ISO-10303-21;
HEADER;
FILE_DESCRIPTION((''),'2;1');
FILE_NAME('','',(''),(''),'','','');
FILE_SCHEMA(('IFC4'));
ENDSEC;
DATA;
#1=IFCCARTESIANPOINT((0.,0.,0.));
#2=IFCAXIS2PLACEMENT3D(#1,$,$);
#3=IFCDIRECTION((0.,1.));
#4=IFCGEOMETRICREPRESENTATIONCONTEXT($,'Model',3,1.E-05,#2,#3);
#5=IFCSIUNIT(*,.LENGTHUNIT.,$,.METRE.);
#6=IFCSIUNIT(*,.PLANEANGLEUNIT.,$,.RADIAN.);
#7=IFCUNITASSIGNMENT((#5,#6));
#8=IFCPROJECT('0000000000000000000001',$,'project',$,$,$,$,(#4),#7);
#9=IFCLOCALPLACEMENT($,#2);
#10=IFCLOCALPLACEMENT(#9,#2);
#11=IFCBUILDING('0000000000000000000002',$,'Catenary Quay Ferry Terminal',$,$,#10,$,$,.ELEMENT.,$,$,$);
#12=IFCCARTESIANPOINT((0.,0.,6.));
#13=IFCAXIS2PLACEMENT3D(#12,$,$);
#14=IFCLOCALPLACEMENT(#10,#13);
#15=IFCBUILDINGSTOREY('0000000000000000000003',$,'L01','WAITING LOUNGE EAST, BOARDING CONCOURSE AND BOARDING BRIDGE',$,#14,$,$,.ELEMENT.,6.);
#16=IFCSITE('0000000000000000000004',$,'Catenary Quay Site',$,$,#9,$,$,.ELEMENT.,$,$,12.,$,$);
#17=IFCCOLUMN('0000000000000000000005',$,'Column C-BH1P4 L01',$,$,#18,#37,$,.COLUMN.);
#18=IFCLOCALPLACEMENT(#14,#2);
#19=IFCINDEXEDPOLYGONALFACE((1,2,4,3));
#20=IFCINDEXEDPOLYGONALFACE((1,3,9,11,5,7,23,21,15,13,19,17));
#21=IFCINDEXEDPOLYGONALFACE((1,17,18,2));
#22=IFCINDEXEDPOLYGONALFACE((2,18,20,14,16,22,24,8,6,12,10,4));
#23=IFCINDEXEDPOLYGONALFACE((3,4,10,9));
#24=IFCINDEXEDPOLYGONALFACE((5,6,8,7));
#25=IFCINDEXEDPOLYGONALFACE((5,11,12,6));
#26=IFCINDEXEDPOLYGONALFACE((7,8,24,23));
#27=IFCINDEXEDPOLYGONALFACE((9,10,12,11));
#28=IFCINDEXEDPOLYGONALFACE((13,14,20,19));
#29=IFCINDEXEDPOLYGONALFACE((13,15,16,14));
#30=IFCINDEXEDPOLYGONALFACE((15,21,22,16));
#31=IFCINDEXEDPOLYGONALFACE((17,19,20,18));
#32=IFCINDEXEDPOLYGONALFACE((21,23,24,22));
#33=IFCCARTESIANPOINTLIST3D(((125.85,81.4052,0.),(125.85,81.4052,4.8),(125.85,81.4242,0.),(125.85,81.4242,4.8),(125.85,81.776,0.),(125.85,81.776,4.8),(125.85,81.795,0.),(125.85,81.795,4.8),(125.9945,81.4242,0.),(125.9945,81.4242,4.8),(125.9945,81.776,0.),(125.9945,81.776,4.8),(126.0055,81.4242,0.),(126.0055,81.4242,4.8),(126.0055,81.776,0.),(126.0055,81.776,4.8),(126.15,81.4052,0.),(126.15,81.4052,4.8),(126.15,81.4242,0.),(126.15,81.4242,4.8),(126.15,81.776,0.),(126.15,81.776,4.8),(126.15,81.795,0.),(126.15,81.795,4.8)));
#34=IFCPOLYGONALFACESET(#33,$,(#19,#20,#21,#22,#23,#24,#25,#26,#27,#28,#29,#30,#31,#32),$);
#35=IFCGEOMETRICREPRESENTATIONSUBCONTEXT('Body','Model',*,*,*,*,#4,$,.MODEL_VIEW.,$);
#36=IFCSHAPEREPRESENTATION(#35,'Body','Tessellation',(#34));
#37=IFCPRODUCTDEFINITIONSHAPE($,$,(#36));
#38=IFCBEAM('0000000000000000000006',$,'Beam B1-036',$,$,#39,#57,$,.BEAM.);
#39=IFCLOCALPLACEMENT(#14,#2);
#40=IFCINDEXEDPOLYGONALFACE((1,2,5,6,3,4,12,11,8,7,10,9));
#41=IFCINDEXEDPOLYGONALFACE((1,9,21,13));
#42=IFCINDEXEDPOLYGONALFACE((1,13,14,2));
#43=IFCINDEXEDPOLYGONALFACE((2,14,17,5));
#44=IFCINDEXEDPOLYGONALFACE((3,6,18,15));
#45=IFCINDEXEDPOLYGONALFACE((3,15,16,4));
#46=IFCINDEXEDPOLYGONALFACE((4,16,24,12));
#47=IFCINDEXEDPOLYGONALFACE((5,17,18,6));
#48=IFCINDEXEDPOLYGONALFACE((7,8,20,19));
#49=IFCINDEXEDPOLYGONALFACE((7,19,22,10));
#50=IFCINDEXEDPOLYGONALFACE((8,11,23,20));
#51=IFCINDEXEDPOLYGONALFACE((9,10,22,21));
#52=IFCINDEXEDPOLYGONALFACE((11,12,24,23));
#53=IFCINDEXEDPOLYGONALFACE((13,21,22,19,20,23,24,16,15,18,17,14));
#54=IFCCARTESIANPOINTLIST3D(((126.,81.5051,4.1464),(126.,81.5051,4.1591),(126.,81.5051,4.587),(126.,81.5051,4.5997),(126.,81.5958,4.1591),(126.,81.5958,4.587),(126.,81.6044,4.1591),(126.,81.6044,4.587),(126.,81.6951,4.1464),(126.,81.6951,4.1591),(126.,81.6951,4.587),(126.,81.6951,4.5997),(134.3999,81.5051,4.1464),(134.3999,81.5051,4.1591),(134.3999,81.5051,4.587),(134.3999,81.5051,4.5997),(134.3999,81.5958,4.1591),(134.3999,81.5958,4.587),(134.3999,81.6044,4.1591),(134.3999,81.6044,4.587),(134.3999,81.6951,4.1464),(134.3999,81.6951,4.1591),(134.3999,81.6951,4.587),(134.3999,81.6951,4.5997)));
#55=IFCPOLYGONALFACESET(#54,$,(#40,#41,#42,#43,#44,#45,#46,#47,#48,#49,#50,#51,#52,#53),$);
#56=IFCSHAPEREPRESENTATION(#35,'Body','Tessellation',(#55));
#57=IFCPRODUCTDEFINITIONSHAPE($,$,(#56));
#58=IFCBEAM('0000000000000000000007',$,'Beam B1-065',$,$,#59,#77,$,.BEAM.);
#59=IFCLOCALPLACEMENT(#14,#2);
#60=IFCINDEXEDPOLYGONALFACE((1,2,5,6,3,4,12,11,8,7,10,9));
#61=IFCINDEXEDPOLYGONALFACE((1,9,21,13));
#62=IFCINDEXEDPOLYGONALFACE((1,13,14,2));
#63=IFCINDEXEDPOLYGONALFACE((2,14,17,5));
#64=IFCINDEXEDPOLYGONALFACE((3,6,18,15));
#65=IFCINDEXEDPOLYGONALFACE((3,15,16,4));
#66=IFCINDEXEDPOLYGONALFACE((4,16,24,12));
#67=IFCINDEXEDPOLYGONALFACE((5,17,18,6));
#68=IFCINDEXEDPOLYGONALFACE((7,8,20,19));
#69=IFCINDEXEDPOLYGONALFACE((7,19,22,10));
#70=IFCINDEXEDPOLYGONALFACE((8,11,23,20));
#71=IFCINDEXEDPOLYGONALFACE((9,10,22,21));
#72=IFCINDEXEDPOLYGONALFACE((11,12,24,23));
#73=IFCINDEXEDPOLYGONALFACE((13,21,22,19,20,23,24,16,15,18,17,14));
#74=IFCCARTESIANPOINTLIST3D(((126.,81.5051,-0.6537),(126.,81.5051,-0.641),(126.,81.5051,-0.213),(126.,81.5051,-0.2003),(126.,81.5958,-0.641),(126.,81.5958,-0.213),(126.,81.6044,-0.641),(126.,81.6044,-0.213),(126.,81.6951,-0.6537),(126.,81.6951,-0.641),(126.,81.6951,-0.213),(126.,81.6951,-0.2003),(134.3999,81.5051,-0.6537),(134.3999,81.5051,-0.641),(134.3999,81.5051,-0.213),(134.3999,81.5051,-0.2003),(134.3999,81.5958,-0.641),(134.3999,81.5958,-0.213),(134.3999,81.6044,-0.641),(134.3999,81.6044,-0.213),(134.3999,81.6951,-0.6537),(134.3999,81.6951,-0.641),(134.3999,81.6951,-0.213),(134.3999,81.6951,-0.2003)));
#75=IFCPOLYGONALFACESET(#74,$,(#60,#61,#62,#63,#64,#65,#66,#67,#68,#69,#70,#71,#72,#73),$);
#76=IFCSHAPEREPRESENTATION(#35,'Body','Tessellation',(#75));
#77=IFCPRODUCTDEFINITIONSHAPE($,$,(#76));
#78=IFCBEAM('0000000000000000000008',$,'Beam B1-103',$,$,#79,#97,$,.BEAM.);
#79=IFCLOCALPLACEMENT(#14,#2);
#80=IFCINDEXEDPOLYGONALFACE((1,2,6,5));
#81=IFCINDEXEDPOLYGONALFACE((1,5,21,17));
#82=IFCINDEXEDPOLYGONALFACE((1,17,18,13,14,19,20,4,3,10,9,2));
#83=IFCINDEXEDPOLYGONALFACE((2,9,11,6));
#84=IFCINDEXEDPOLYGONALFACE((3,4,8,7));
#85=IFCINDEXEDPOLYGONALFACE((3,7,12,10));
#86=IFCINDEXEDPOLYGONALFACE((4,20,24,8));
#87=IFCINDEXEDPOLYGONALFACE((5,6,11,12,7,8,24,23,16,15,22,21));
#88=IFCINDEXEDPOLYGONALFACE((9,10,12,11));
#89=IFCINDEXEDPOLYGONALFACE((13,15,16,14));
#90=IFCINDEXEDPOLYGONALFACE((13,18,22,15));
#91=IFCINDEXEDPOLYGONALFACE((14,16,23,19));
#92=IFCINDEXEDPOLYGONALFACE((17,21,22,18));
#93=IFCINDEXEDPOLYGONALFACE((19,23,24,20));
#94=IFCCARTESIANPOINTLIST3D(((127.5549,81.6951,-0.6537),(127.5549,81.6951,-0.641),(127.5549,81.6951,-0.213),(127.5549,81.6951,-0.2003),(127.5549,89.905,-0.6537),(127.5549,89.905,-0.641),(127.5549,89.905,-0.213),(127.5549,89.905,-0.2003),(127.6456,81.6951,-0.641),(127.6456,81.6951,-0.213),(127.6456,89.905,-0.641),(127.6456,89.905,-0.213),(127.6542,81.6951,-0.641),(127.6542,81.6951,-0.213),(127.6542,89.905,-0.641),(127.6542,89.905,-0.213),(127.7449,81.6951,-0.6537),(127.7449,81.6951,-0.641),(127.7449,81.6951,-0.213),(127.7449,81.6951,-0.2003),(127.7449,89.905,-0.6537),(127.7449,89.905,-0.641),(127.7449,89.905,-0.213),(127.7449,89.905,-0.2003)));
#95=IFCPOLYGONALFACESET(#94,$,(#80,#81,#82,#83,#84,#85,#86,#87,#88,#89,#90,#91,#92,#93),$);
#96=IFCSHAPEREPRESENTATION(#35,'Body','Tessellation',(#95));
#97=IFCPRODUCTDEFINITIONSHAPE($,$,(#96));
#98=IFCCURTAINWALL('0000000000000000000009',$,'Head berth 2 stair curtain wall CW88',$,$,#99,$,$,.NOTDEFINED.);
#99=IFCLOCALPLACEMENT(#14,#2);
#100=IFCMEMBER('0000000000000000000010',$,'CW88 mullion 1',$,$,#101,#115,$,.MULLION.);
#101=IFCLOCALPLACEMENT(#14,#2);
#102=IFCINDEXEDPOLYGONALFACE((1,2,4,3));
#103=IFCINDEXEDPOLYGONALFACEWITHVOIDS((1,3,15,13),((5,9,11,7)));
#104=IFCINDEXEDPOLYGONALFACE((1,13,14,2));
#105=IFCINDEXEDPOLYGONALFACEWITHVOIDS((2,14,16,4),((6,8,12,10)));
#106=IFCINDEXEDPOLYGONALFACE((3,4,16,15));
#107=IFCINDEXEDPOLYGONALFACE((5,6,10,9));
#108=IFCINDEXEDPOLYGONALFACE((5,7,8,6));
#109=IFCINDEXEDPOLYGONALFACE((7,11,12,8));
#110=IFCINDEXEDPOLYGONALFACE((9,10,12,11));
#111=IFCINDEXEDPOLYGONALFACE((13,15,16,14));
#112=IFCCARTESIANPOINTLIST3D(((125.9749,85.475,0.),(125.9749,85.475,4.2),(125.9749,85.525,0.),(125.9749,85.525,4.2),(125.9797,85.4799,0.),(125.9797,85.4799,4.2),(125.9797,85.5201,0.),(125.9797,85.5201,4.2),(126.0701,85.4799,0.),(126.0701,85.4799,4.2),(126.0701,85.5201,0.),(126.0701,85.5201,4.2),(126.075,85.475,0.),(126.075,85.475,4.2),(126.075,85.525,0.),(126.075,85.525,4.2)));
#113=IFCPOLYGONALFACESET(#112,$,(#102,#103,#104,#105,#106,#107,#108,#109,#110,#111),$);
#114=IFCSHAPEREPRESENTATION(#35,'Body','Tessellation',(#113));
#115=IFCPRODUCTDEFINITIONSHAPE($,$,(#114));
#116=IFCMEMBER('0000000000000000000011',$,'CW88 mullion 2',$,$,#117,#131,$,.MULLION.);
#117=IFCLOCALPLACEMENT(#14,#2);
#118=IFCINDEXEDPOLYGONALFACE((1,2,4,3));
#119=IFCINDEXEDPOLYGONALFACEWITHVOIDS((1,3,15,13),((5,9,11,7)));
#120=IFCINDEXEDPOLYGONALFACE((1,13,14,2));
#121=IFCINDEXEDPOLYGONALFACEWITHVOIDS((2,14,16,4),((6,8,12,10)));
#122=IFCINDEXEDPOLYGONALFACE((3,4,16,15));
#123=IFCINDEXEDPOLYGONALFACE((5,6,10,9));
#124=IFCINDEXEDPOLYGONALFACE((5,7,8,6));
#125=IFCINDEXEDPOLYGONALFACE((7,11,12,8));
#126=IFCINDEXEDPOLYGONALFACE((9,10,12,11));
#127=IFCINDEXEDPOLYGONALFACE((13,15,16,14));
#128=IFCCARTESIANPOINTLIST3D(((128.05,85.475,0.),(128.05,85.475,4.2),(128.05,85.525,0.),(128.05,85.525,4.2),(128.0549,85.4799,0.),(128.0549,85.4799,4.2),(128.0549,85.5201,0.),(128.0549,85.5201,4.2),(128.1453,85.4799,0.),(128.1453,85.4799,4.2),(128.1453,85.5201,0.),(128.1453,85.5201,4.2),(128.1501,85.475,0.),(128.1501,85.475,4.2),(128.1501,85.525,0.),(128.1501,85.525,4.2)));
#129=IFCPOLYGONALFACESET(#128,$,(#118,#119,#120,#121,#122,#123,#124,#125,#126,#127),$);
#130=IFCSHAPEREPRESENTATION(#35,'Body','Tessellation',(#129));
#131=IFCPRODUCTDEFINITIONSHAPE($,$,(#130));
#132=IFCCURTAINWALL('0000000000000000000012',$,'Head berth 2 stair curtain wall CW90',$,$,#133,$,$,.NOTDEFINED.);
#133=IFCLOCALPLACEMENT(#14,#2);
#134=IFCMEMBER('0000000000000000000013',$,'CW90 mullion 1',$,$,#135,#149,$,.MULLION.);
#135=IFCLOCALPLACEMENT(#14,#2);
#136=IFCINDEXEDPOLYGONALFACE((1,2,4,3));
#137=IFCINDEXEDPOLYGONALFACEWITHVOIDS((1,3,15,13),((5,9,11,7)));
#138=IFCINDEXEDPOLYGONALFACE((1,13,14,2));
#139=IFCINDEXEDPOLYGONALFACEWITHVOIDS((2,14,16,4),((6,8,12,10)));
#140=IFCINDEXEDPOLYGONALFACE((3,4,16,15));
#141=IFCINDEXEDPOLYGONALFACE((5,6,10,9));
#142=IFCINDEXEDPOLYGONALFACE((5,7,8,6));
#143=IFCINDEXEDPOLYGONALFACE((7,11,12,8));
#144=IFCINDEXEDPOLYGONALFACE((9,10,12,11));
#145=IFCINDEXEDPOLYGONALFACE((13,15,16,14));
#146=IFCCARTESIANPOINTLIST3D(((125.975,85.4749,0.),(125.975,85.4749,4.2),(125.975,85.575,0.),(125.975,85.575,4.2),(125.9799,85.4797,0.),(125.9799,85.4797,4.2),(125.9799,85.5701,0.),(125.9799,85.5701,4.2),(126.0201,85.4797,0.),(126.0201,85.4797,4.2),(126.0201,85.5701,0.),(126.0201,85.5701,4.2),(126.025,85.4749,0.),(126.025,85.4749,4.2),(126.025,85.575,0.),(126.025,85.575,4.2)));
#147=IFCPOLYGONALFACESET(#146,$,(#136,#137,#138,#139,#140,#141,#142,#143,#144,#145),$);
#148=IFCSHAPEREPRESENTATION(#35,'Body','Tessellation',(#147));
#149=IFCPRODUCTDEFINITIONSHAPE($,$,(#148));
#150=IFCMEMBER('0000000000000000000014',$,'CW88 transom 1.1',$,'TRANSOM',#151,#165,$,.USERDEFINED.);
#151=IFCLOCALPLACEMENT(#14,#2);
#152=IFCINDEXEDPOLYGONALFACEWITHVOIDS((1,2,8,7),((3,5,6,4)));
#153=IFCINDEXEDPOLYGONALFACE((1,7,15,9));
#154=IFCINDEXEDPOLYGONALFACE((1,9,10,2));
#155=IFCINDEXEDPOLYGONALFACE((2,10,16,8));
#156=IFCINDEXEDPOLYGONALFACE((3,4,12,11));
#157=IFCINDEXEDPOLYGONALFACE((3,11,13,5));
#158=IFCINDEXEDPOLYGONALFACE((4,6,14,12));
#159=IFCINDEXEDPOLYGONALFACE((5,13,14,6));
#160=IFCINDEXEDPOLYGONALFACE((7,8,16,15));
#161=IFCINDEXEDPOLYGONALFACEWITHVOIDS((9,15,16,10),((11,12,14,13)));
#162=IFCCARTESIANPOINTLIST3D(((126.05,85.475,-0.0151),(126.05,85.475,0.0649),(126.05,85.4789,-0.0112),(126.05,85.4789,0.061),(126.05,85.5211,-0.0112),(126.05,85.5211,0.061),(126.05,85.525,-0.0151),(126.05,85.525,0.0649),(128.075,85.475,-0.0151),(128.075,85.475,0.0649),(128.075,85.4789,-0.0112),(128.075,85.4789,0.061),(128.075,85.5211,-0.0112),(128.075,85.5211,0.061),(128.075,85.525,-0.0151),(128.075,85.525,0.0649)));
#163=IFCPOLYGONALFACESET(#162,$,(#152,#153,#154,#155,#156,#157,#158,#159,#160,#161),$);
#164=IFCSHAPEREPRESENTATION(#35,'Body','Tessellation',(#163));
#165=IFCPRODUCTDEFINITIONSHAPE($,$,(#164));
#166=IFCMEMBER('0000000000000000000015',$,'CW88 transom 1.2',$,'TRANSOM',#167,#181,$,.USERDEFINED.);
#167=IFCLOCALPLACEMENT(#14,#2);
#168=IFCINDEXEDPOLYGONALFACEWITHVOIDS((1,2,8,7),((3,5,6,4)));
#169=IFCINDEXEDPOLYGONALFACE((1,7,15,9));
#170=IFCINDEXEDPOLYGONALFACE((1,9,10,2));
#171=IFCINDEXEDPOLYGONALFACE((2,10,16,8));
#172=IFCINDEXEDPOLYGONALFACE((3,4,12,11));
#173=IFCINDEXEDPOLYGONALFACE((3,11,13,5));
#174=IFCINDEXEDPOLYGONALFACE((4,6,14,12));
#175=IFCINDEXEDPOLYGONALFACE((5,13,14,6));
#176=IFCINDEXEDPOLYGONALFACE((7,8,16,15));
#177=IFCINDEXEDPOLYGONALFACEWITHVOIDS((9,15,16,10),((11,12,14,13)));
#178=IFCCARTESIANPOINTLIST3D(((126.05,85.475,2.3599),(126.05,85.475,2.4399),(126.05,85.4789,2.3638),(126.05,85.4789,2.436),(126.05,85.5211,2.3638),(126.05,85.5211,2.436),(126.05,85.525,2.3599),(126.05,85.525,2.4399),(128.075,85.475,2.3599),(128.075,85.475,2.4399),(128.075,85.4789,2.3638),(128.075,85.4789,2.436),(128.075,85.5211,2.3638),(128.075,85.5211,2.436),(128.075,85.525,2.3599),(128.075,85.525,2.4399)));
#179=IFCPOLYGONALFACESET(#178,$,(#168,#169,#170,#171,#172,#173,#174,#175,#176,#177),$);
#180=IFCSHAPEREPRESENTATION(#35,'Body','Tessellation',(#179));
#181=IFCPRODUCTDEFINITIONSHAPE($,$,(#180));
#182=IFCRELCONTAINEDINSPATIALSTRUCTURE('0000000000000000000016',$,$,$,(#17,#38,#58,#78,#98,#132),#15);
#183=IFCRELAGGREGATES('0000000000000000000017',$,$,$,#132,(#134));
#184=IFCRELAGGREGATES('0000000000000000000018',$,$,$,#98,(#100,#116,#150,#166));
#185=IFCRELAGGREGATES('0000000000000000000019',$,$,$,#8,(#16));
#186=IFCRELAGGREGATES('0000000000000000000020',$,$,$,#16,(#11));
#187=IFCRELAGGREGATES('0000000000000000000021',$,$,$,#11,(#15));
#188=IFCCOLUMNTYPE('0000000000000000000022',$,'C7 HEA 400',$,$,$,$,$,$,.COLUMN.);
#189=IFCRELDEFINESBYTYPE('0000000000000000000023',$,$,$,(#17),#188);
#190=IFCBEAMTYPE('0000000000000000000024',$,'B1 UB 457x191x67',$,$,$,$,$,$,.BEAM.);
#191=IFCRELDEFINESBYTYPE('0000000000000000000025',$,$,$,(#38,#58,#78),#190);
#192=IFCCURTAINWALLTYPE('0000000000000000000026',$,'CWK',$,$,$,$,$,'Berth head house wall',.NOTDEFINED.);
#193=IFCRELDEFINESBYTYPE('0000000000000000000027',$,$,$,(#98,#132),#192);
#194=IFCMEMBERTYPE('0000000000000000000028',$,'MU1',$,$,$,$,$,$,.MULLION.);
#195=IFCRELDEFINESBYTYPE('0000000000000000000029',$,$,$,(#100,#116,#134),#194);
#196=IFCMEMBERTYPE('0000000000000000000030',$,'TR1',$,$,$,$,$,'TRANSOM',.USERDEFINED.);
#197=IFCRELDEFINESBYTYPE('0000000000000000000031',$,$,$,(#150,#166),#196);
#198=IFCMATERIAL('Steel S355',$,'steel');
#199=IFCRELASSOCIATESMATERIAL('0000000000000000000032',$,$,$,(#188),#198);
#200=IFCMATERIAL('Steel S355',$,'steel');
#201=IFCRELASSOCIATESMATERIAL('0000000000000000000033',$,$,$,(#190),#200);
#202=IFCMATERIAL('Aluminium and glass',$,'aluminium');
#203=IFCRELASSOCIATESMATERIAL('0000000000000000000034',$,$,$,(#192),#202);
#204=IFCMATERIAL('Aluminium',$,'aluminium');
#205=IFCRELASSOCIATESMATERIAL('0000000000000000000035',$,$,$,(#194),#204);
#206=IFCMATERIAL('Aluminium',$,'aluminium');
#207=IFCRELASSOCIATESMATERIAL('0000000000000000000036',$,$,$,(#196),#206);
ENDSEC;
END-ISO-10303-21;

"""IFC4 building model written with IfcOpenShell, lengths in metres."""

from ifc_helpers import new_model, si_unit, direction, frame, origin, origin_2d, place, context, subcontext, project, spatial, hollow_rectangle, i_section, extrude, material, material_profile, profile_set, type_object, element, aggregate, save


model = new_model("IFC4")

# Units and contexts
model_context = context("Model", 3, precision=1e-05, world=origin(), true_north=direction((0.0, 1.0)))
body_context = subcontext(model_context, "Body", "Model", "MODEL_VIEW")
ifc_project = project(units=[si_unit("LENGTHUNIT", "METRE"), si_unit("PLANEANGLEUNIT", "RADIAN")], contexts=[model_context])

# Site, building, storey
site_placement = place(None, origin())
site = spatial("IfcSite", under=ifc_project, at=site_placement, Name="Catenary Quay Site", CompositionType="ELEMENT", RefElevation=12.0)
building_placement = place(site_placement, origin())
building = spatial("IfcBuilding", under=site, at=building_placement, Name="Catenary Quay Ferry Terminal", CompositionType="ELEMENT")
storey_placement = place(building_placement, frame((0.0, 0.0, 6.0)))
storey = spatial("IfcBuildingStorey", under=building, at=storey_placement, Name="L01", Description="WAITING LOUNGE EAST, BOARDING CONCOURSE AND BOARDING BRIDGE", CompositionType="ELEMENT", Elevation=6.0)

# Column
ifc_material_1 = material(Name="Steel S355", Category="steel")
ifc_material_profile_1 = material_profile(ifc_material_1, i_section(OverallWidth=0.3, OverallDepth=0.3899, WebThickness=0.011, FlangeThickness=0.019, at=origin_2d()), Name="HEA 400")
ifc_profile_set_1 = profile_set([ifc_material_profile_1], Name="Steel S355")
column_type = type_object("IfcColumnType", Name="C7 HEA 400", PredefinedType="COLUMN", material=ifc_profile_set_1)
column_placement = place(storey_placement, frame((126.0, 81.6001, 0.0), z_axis=(0.0, 0.0, 1.0), x_axis=(1.0, 0.0, 0.0)))
element("IfcColumn", 1, at=column_placement, inside=storey, type_object=column_type, Name="Column C-BH1P4 L01", PredefinedType="COLUMN", context=body_context, shape_type="SweptSolid", body=[
    extrude(i_section(OverallWidth=0.3, OverallDepth=0.3899, WebThickness=0.011, FlangeThickness=0.019, at=origin_2d()), origin(), (0.0, 0.0, 1.0), 4.8),
])

# Beams
ifc_material_2 = material(Name="Steel S355", Category="steel")
ifc_material_profile_2 = material_profile(ifc_material_2, i_section(OverallWidth=0.1899, OverallDepth=0.4534, WebThickness=0.0085, FlangeThickness=0.0127, at=origin_2d()), Name="UB 457x191x67")
ifc_profile_set_2 = profile_set([ifc_material_profile_2], Name="Steel S355")
beam_type = type_object("IfcBeamType", Name="B1 UB 457x191x67", PredefinedType="BEAM", material=ifc_profile_set_2)
for number, where, z_axis, x_axis, name in (
    (2, (126.0, 81.6001, 4.373), (1.0, 0.0, 0.0), (0.0, 1.0, 0.0), "Beam B1-036"),
    (3, (126.0, 81.6001, -0.427), (1.0, 0.0, 0.0), (0.0, 1.0, 0.0), "Beam B1-065"),
):
    element("IfcBeam", number, at=place(storey_placement, frame(where, z_axis=z_axis, x_axis=x_axis)), inside=storey, type_object=beam_type, Name=name, PredefinedType="BEAM", context=body_context, shape_type="SweptSolid", body=[
        extrude(i_section(OverallWidth=0.1899, OverallDepth=0.4534, WebThickness=0.0085, FlangeThickness=0.0127, at=origin_2d()), origin(), (0.0, 0.0, 1.0), 8.3999),
    ])
beam_placement = place(storey_placement, frame((127.6499, 81.6951, -0.427), z_axis=(0.0, 1.0, 0.0), x_axis=(-1.0, 0.0, 0.0)))
element("IfcBeam", 4, at=beam_placement, inside=storey, type_object=beam_type, Name="Beam B1-103", PredefinedType="BEAM", context=body_context, shape_type="SweptSolid", body=[
    extrude(i_section(OverallWidth=0.1899, OverallDepth=0.4534, WebThickness=0.0085, FlangeThickness=0.0127, at=origin_2d()), origin(), (0.0, 0.0, 1.0), 8.21),
])

# Curtain wall, members
ifc_material_3 = material(Name="Aluminium and glass", Category="aluminium")
curtain_wall_type = type_object("IfcCurtainWallType", Name="CWK", ElementType="Berth head house wall", PredefinedType="NOTDEFINED", material=ifc_material_3)
curtain_wall_1_placement = place(storey_placement, origin())
curtain_wall_1 = element("IfcCurtainWall", 5, at=curtain_wall_1_placement, inside=storey, type_object=curtain_wall_type, Name="Head berth 2 stair curtain wall CW88", PredefinedType="NOTDEFINED")
ifc_material_4 = material(Name="Aluminium", Category="aluminium")
ifc_material_profile_3 = material_profile(ifc_material_4, hollow_rectangle(XDim=0.05, YDim=0.1001, WallThickness=0.0049, at=origin_2d()), Name="MU1")
ifc_profile_set_3 = profile_set([ifc_material_profile_3], Name="Aluminium")
member_type_1 = type_object("IfcMemberType", Name="MU1", PredefinedType="MULLION", material=ifc_profile_set_3)
member_1_placement = place(storey_placement, frame((126.0249, 85.5, 0.0), z_axis=(0.0, 0.0, 1.0), x_axis=(0.0, 1.0, 0.0)))
member_1 = element("IfcMember", 6, at=member_1_placement, type_object=member_type_1, Name="CW88 mullion 1", PredefinedType="MULLION", context=body_context, shape_type="SweptSolid", body=[
    extrude(hollow_rectangle(XDim=0.05, YDim=0.1001, WallThickness=0.0049, at=origin_2d()), origin(), (0.0, 0.0, 1.0), 4.2),
])
member_2_placement = place(storey_placement, frame((128.1001, 85.5, 0.0), z_axis=(0.0, 0.0, 1.0), x_axis=(0.0, 1.0, 0.0)))
member_2 = element("IfcMember", 7, at=member_2_placement, type_object=member_type_1, Name="CW88 mullion 2", PredefinedType="MULLION", context=body_context, shape_type="SweptSolid", body=[
    extrude(hollow_rectangle(XDim=0.05, YDim=0.1001, WallThickness=0.0049, at=origin_2d()), origin(), (0.0, 0.0, 1.0), 4.2),
])

# Curtain wall, member
curtain_wall_2_placement = place(storey_placement, origin())
curtain_wall_2 = element("IfcCurtainWall", 8, at=curtain_wall_2_placement, inside=storey, type_object=curtain_wall_type, Name="Head berth 2 stair curtain wall CW90", PredefinedType="NOTDEFINED")
member_3_placement = place(storey_placement, frame((126.0, 85.5249, 0.0), z_axis=(0.0, 0.0, 1.0), x_axis=(-1.0, 0.0, 0.0)))
member_3 = element("IfcMember", 9, at=member_3_placement, type_object=member_type_1, Name="CW90 mullion 1", PredefinedType="MULLION", context=body_context, shape_type="SweptSolid", body=[
    extrude(hollow_rectangle(XDim=0.05, YDim=0.1001, WallThickness=0.0049, at=origin_2d()), origin(), (0.0, 0.0, 1.0), 4.2),
])

# Members
ifc_material_5 = material(Name="Aluminium", Category="aluminium")
ifc_material_profile_4 = material_profile(ifc_material_5, hollow_rectangle(XDim=0.05, YDim=0.0801, WallThickness=0.0039, at=origin_2d()), Name="TR1")
ifc_profile_set_4 = profile_set([ifc_material_profile_4], Name="Aluminium")
member_type_2 = type_object("IfcMemberType", Name="TR1", ElementType="TRANSOM", PredefinedType="USERDEFINED", material=ifc_profile_set_4)
member_4_placement = place(storey_placement, frame((126.05, 85.5, 0.0249), z_axis=(1.0, 0.0, 0.0), x_axis=(0.0, 1.0, 0.0)))
member_4 = element("IfcMember", 10, at=member_4_placement, type_object=member_type_2, Name="CW88 transom 1.1", ObjectType="TRANSOM", PredefinedType="USERDEFINED", context=body_context, shape_type="SweptSolid", body=[
    extrude(hollow_rectangle(XDim=0.05, YDim=0.0801, WallThickness=0.0039, at=origin_2d()), origin(), (0.0, 0.0, 1.0), 2.0249),
])
member_5_placement = place(storey_placement, frame((126.05, 85.5, 2.3999), z_axis=(1.0, 0.0, 0.0), x_axis=(0.0, 1.0, 0.0)))
member_5 = element("IfcMember", 11, at=member_5_placement, type_object=member_type_2, Name="CW88 transom 1.2", ObjectType="TRANSOM", PredefinedType="USERDEFINED", context=body_context, shape_type="SweptSolid", body=[
    extrude(hollow_rectangle(XDim=0.05, YDim=0.0801, WallThickness=0.0039, at=origin_2d()), origin(), (0.0, 0.0, 1.0), 2.0249),
])
aggregate(curtain_wall_2, [member_3])

aggregate(curtain_wall_1, [member_1, member_2, member_4, member_5])

save(model, "model.ifc")
